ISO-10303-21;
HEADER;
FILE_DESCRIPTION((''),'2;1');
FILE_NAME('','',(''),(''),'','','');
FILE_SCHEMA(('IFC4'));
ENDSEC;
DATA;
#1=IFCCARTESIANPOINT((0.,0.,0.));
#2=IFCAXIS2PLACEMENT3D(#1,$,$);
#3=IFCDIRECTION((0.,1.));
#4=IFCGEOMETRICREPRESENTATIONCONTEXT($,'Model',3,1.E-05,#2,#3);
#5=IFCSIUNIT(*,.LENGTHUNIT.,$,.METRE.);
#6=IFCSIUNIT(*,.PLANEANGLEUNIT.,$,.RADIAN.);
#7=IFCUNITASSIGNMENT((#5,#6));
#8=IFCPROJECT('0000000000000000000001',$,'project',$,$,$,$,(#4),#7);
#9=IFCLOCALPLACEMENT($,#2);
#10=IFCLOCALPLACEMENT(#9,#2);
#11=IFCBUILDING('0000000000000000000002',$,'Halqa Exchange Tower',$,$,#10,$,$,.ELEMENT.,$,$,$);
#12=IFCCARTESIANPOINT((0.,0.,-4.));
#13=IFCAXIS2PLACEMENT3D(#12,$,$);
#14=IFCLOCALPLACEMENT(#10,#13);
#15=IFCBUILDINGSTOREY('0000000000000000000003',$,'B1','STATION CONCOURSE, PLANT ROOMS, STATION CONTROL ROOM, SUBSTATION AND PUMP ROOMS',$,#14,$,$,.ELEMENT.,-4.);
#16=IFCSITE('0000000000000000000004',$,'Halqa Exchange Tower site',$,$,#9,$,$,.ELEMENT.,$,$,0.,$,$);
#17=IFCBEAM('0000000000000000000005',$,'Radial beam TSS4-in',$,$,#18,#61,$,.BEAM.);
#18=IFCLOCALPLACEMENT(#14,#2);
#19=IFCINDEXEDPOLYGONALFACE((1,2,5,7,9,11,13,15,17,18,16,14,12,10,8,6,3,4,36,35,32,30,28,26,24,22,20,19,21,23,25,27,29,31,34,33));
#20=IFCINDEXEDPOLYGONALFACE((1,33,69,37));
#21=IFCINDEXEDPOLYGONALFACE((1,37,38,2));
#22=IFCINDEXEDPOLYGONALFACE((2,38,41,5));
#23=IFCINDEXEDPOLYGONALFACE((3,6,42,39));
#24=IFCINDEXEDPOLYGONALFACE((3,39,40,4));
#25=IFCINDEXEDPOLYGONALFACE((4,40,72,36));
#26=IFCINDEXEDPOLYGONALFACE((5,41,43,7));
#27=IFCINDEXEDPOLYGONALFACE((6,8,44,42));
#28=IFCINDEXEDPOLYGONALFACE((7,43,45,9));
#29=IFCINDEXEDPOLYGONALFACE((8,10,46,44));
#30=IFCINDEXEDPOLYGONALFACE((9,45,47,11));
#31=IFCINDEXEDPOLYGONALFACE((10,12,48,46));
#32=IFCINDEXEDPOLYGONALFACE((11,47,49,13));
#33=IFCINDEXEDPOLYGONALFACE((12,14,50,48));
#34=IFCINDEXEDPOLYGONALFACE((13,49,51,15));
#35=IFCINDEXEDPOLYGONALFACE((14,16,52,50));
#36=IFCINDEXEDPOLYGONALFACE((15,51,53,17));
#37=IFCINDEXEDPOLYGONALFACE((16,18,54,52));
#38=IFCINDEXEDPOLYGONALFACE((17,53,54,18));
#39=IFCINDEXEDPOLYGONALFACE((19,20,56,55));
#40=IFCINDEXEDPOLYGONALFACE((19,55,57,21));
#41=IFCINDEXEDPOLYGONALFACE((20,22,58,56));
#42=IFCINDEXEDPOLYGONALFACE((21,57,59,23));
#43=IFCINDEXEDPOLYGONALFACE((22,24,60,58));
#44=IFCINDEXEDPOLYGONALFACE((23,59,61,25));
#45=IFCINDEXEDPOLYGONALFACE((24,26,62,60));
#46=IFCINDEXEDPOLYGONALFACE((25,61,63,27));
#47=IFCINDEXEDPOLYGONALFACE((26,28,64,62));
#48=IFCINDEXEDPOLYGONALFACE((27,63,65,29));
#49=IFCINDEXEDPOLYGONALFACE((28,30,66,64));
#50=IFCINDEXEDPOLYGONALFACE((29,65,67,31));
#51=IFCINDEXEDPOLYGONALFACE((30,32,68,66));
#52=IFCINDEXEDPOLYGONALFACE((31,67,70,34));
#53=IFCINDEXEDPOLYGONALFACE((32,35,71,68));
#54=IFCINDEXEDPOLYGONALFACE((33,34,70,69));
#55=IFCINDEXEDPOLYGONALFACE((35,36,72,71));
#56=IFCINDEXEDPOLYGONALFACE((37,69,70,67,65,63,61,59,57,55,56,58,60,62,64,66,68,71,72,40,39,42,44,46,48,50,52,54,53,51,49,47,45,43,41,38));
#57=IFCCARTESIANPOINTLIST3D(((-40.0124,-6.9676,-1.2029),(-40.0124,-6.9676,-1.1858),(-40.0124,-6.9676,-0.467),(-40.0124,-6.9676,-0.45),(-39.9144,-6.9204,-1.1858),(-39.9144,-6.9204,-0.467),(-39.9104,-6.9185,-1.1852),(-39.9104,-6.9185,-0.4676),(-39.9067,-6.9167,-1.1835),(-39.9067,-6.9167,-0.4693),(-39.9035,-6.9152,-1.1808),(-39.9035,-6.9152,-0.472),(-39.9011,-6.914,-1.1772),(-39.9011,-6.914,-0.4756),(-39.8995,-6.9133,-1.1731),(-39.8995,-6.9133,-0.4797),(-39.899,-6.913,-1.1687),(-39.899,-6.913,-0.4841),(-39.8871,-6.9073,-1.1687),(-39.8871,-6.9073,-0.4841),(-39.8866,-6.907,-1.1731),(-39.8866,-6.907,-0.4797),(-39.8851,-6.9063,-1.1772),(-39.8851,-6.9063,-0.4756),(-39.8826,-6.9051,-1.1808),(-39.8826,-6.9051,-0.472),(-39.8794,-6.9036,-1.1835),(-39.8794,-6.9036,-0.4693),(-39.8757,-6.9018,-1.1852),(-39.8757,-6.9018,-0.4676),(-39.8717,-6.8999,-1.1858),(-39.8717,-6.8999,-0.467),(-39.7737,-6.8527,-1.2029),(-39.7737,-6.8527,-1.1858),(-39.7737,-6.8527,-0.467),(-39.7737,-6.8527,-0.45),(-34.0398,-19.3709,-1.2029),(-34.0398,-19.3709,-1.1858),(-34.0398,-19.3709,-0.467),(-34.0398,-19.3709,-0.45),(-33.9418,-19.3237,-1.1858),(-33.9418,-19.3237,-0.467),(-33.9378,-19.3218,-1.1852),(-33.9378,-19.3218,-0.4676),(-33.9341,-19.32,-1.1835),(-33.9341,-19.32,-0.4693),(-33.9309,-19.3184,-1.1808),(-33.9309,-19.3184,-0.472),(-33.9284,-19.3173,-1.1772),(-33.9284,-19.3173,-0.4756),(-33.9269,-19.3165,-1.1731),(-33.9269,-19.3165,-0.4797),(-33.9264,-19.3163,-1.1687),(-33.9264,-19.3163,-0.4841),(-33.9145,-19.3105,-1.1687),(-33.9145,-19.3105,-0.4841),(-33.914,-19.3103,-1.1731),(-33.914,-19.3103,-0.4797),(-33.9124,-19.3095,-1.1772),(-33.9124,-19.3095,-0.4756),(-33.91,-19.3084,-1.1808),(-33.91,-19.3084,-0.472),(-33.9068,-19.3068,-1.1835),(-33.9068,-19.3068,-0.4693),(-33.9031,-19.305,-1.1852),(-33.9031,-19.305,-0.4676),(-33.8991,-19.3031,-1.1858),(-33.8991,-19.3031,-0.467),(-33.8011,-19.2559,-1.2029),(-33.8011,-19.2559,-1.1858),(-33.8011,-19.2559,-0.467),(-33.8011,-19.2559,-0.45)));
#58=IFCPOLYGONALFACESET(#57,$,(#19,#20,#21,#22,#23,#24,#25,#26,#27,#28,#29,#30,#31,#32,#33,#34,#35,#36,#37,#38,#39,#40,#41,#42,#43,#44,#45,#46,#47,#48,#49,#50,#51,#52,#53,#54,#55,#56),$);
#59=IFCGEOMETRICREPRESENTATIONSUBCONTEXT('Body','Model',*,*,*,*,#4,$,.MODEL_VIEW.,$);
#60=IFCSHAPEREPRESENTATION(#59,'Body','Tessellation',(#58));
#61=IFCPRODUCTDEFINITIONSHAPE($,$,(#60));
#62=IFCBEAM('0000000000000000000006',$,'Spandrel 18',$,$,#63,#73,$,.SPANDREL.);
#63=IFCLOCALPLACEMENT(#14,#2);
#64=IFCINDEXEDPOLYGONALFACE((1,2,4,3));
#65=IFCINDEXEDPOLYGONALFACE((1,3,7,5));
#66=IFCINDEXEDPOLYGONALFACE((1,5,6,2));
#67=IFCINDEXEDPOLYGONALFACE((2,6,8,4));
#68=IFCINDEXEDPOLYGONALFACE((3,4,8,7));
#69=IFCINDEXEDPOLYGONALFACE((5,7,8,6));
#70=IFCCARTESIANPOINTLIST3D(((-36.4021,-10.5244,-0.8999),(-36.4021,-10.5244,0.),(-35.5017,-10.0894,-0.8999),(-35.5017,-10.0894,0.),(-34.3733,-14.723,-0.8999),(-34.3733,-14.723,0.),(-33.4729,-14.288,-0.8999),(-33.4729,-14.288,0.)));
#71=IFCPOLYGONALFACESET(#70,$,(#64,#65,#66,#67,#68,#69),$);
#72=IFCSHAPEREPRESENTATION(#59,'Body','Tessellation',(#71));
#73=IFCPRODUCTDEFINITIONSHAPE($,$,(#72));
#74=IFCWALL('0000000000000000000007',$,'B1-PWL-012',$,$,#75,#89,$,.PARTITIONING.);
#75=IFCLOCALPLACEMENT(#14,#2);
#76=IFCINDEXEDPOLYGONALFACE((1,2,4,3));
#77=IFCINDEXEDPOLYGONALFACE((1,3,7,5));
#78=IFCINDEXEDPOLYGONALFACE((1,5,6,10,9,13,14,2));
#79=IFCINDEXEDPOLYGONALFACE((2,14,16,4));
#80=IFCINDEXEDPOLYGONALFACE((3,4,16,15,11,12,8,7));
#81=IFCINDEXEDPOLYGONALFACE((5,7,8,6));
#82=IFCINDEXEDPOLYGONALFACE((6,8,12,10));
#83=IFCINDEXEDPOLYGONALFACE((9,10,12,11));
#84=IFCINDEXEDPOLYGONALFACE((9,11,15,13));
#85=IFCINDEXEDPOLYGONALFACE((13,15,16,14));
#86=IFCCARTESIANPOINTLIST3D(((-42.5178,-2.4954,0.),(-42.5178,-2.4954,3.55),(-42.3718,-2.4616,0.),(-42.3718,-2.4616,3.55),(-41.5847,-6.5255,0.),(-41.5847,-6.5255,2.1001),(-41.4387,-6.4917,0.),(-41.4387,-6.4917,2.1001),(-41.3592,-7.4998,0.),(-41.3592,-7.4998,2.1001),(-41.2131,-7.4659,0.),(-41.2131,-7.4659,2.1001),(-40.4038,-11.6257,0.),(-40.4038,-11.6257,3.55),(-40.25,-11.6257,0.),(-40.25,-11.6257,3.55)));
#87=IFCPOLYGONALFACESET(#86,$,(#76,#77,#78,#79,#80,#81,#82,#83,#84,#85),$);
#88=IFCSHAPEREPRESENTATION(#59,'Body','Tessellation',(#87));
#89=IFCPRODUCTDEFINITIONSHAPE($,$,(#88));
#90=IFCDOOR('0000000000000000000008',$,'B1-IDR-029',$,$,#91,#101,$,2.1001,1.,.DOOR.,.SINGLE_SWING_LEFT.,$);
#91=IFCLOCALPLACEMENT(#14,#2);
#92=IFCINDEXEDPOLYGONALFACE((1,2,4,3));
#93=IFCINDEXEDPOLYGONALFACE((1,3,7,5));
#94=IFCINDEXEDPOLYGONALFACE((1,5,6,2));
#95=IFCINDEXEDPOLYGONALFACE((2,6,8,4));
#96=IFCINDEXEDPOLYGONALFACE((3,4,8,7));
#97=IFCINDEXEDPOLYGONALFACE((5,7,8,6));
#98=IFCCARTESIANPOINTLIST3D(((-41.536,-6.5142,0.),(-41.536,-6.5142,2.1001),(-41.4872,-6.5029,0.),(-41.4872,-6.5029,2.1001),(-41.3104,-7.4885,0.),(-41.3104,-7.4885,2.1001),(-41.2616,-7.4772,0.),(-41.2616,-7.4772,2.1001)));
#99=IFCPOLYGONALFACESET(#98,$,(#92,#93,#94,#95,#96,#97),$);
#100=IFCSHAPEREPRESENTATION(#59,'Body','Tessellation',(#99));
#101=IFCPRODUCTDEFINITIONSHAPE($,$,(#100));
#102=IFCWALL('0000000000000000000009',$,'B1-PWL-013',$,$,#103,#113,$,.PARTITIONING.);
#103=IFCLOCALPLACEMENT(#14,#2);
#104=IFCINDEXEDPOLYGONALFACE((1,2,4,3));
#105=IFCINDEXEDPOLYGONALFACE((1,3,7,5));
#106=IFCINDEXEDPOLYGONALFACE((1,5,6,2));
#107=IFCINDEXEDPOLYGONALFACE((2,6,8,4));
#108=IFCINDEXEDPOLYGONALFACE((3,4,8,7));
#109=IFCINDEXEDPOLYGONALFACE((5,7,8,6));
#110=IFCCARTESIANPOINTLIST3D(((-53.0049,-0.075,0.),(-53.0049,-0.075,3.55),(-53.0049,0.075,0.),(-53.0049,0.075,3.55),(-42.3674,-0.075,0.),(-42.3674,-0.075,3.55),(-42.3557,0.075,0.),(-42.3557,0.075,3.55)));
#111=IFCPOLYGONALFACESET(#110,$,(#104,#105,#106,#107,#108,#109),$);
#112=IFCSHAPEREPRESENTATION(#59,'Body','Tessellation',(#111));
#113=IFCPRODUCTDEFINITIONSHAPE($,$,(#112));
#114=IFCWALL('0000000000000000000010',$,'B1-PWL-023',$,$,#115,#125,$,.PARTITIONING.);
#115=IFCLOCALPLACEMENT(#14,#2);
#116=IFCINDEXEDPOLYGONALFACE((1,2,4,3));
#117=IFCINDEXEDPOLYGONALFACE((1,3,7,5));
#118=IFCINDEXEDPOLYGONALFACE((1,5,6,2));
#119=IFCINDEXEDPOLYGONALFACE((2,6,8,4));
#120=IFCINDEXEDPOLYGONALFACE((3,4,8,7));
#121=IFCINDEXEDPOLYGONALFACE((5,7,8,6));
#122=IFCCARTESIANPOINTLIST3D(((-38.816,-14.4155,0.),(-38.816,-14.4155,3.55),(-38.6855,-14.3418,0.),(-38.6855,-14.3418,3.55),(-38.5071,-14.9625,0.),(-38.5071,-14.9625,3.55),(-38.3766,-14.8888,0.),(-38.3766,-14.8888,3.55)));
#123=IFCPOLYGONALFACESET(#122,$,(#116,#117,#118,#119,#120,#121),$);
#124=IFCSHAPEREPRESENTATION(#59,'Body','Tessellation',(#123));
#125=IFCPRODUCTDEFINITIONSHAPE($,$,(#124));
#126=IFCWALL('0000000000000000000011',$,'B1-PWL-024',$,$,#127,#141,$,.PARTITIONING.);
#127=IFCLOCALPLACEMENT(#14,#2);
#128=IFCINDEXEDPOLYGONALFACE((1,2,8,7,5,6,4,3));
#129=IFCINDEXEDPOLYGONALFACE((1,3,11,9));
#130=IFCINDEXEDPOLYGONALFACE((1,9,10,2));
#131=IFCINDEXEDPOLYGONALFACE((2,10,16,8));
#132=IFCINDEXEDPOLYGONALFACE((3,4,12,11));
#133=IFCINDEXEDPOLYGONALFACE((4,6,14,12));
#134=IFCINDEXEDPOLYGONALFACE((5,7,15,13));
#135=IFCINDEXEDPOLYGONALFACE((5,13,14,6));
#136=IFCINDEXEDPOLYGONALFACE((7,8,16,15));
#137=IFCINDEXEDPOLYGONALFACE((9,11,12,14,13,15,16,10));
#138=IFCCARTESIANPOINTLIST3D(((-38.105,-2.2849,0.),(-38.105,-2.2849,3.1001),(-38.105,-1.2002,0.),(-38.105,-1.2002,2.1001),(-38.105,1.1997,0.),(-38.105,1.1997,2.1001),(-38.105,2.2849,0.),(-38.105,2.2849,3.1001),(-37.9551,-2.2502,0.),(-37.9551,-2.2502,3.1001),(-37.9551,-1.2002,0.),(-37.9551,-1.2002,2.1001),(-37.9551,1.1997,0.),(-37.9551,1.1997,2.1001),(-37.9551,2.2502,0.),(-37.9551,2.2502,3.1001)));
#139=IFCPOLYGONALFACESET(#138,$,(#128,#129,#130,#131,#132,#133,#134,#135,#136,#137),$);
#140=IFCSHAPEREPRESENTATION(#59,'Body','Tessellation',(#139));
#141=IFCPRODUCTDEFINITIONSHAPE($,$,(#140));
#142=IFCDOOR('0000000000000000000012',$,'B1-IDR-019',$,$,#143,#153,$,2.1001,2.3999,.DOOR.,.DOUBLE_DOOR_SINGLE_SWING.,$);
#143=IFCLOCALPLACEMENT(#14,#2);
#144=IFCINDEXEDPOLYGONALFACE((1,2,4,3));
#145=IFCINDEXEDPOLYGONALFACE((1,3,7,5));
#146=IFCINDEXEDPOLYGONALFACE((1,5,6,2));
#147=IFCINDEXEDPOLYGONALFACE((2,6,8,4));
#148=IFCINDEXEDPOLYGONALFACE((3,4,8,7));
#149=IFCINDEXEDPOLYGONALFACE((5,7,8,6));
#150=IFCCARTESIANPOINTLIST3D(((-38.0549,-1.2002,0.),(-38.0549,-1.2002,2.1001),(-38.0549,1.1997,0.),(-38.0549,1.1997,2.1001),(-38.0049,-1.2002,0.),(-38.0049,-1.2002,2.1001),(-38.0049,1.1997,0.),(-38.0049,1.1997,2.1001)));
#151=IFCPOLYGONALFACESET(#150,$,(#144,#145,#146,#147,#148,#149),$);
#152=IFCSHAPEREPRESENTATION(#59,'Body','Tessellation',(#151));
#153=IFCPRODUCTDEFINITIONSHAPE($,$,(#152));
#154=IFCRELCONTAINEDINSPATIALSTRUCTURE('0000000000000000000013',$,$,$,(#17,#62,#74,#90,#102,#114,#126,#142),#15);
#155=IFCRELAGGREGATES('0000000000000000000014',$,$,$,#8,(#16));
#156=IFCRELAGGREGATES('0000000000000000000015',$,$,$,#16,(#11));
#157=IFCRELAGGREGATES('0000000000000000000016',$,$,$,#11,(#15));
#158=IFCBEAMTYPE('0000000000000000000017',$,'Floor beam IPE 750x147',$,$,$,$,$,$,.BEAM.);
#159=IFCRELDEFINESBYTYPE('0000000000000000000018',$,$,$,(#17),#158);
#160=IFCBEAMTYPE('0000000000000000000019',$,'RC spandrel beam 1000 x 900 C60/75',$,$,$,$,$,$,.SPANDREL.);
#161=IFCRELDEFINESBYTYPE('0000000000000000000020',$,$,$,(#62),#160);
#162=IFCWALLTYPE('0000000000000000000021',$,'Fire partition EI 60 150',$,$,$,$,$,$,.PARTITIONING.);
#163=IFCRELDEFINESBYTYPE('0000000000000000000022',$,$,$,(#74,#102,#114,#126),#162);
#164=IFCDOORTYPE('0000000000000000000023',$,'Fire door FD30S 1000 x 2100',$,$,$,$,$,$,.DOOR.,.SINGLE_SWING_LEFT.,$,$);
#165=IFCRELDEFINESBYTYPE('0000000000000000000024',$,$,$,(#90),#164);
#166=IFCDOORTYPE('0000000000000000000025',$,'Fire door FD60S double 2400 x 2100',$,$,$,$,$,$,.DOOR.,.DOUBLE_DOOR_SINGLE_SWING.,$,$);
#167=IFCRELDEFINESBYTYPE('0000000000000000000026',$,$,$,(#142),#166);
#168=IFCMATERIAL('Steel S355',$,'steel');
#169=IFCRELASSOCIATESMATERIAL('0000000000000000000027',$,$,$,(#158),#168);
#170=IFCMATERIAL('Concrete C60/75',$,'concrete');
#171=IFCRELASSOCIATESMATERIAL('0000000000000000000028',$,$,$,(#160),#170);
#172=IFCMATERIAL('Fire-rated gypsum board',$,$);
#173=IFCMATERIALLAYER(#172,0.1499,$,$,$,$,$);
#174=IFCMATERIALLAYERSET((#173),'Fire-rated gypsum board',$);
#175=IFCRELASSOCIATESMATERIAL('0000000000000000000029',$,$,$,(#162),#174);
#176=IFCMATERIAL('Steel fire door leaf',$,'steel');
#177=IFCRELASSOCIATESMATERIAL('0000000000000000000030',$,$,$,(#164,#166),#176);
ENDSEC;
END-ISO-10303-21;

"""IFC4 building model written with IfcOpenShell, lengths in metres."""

from ifc_helpers import new_model, si_unit, direction, frame, frame_2d, origin, origin_2d, place, context, subcontext, project, spatial, polyline, rectangle, i_section, outline, extrude, material, layer, layer_set, material_profile, profile_set, type_object, element, fill, save


model = new_model("IFC4")

# Units and contexts
model_context = context("Model", 3, precision=1e-05, world=origin(), true_north=direction((0.0, 1.0)))
body_context = subcontext(model_context, "Body", "Model", "MODEL_VIEW")
ifc_project = project(units=[si_unit("LENGTHUNIT", "METRE"), si_unit("PLANEANGLEUNIT", "RADIAN")], contexts=[model_context])

# Site, building, storey
site_placement = place(None, origin())
site = spatial("IfcSite", under=ifc_project, at=site_placement, Name="Halqa Exchange Tower site", CompositionType="ELEMENT", RefElevation=0.0)
building_placement = place(site_placement, origin())
building = spatial("IfcBuilding", under=site, at=building_placement, Name="Halqa Exchange Tower", CompositionType="ELEMENT")
storey_placement = place(building_placement, frame((0.0, 0.0, -4.0)))
storey = spatial("IfcBuildingStorey", under=building, at=storey_placement, Name="B1", Description="STATION CONCOURSE, PLANT ROOMS, STATION CONTROL ROOM, SUBSTATION AND PUMP ROOMS", CompositionType="ELEMENT", Elevation=-4.0)

# Beams
ifc_material_1 = material(Name="Steel S355", Category="steel")
ifc_material_profile_1 = material_profile(ifc_material_1, i_section(OverallWidth=0.2649, OverallDepth=0.7529, WebThickness=0.0132, FlangeThickness=0.0171, FilletRadius=0.0171, at=origin_2d()), Name="IPE 750x147")
ifc_profile_set_1 = profile_set([ifc_material_profile_1], Name="Steel S355")
beam_type_1 = type_object("IfcBeamType", Name="Floor beam IPE 750x147", PredefinedType="BEAM", material=ifc_profile_set_1)
beam_1_placement = place(storey_placement, frame((-39.8931, -6.9102, -0.8264), z_axis=(0.433856, -0.900982, 0.0), x_axis=(0.900982, 0.433856, 0.0)))
element("IfcBeam", 1, at=beam_1_placement, inside=storey, type_object=beam_type_1, Name="Radial beam TSS4-in", PredefinedType="BEAM", context=body_context, shape_type="SweptSolid", body=[
    extrude(i_section(OverallWidth=0.2649, OverallDepth=0.7529, WebThickness=0.0132, FlangeThickness=0.0171, FilletRadius=0.0171, at=origin_2d()), origin(), (0.0, 0.0, 1.0), 13.7664),
])
ifc_material_2 = material(Name="Concrete C60/75", Category="concrete")
ifc_material_profile_2 = material_profile(ifc_material_2, rectangle(XDim=1.0, YDim=0.8999, at=origin_2d()), Name="1000 x 900")
ifc_profile_set_2 = profile_set([ifc_material_profile_2], Name="Concrete C60/75")
beam_type_2 = type_object("IfcBeamType", Name="RC spandrel beam 1000 x 900 C60/75", PredefinedType="SPANDREL", material=ifc_profile_set_2)
beam_2_placement = place(storey_placement, frame((-35.9519, -10.3069, -0.45), z_axis=(0.435068, -0.900397, 0.0), x_axis=(0.900397, 0.435068, 0.0)))
element("IfcBeam", 2, at=beam_2_placement, inside=storey, type_object=beam_type_2, Name="Spandrel 18", PredefinedType="SPANDREL", context=body_context, shape_type="SweptSolid", body=[
    extrude(rectangle(XDim=1.0, YDim=0.8999, at=origin_2d()), origin(), (0.0, 0.0, 1.0), 4.6631),
])

# Wall, opening, door
ifc_material_3 = material(Name="Fire-rated gypsum board")
ifc_layer_1 = layer(ifc_material_3, 0.1499)
ifc_layer_set_1 = layer_set([ifc_layer_1], Name="Fire-rated gypsum board")
wall_type_1 = type_object("IfcWallType", Name="Fire partition EI 60 150", PredefinedType="PARTITIONING", material=ifc_layer_set_1)
wall_1_placement = place(storey_placement, frame((-42.4448, -2.4785, 0.0), z_axis=(0.0, 0.0, 1.0), x_axis=(0.22557, -0.974227, 0.0)))
wall_1 = element("IfcWall", 3, at=wall_1_placement, inside=storey, type_object=wall_type_1, Name="B1-PWL-012", PredefinedType="PARTITIONING", context=body_context, shape_type="SweptSolid", body=[
    extrude(outline(polyline([(0.0, -0.075), (9.3718, -0.075), (9.4065, 0.075), (0.0, 0.075), (0.0, -0.075)])), origin(), (0.0, 0.0, 1.0), 3.55),
])
opening_1_placement = place(wall_1_placement, frame((4.1367, 0.0, 0.0)))
opening_1 = element("IfcOpeningElement", 4, at=opening_1_placement, cuts=wall_1, PredefinedType="OPENING", context=body_context, shape_type="SweptSolid", body=[
    extrude(rectangle(XDim=1.0, YDim=2.1001, at=frame_2d((0.5, 1.05))), frame((0.0, 0.0869, 0.0), z_axis=(0.0, -1.0, 0.0), x_axis=(1.0, 0.0, 0.0)), (0.0, 0.0, 1.0), 0.1738),
])
ifc_material_4 = material(Name="Steel fire door leaf", Category="steel")
door_type_1 = type_object("IfcDoorType", Name="Fire door FD30S 1000 x 2100", OperationType="SINGLE_SWING_LEFT", PredefinedType="DOOR", material=ifc_material_4)
door_1_placement = place(opening_1_placement, frame((1.0, 0.0, 0.0), z_axis=(0.0, 0.0, 1.0), x_axis=(-1.0, 0.0, 0.0)))
door_1 = element("IfcDoor", 5, at=door_1_placement, inside=storey, type_object=door_type_1, Name="B1-IDR-029", OperationType="SINGLE_SWING_LEFT", OverallHeight=2.1001, OverallWidth=1.0, PredefinedType="DOOR", context=body_context, shape_type="SweptSolid", body=[
    extrude(rectangle(XDim=1.0, YDim=2.1001, at=frame_2d((0.5, 1.05))), frame((0.0, 0.0249, 0.0), z_axis=(0.0, -1.0, 0.0), x_axis=(1.0, 0.0, 0.0)), (0.0, 0.0, 1.0), 0.05),
])
fill(opening_1, door_1)

# Walls
wall_2_placement = place(storey_placement, frame((-42.3616, 0.0, 0.0), z_axis=(0.0, 0.0, 1.0), x_axis=(-1.0, 0.0, 0.0)))
element("IfcWall", 6, at=wall_2_placement, inside=storey, type_object=wall_type_1, Name="B1-PWL-013", PredefinedType="PARTITIONING", context=body_context, shape_type="SweptSolid", body=[
    extrude(outline(polyline([(-0.0059, -0.075), (10.6433, -0.075), (10.6433, 0.075), (0.0059, 0.075), (-0.0059, -0.075)])), origin(), (0.0, 0.0, 1.0), 3.55),
])
wall_3_placement = place(storey_placement, frame((-38.4419, -14.9255, 0.0), z_axis=(0.0, 0.0, 1.0), x_axis=(-0.491737, 0.870744, 0.0)))
element("IfcWall", 7, at=wall_3_placement, inside=storey, type_object=wall_type_1, Name="B1-PWL-023", PredefinedType="PARTITIONING", context=body_context, shape_type="SweptSolid", body=[
    extrude(rectangle(XDim=0.6282, YDim=0.1499, at=frame_2d((0.314, 0.0))), origin(), (0.0, 0.0, 1.0), 3.55),
])

# Wall, opening, door
wall_4_placement = place(storey_placement, frame((-38.03, -2.2676, 0.0), z_axis=(0.0, 0.0, 1.0), x_axis=(0.0, 1.0, 0.0)))
wall_4 = element("IfcWall", 8, at=wall_4_placement, inside=storey, type_object=wall_type_1, Name="B1-PWL-024", PredefinedType="PARTITIONING", context=body_context, shape_type="SweptSolid", body=[
    extrude(outline(polyline([(0.0173, -0.075), (4.5178, -0.075), (4.5525, 0.075), (-0.0173, 0.075), (0.0173, -0.075)])), origin(), (0.0, 0.0, 1.0), 3.1001),
])
opening_2_placement = place(wall_4_placement, frame((1.0674, 0.0, 0.0)))
opening_2 = element("IfcOpeningElement", 9, at=opening_2_placement, cuts=wall_4, PredefinedType="OPENING", context=body_context, shape_type="SweptSolid", body=[
    extrude(rectangle(XDim=2.3999, YDim=2.1001, at=frame_2d((1.2, 1.05))), frame((0.0, 0.0869, 0.0), z_axis=(0.0, -1.0, 0.0), x_axis=(1.0, 0.0, 0.0)), (0.0, 0.0, 1.0), 0.1738),
])
door_type_2 = type_object("IfcDoorType", Name="Fire door FD60S double 2400 x 2100", OperationType="DOUBLE_DOOR_SINGLE_SWING", PredefinedType="DOOR", material=ifc_material_4)
door_2_placement = place(opening_2_placement, origin())
door_2 = element("IfcDoor", 10, at=door_2_placement, inside=storey, type_object=door_type_2, Name="B1-IDR-019", OperationType="DOUBLE_DOOR_SINGLE_SWING", OverallHeight=2.1001, OverallWidth=2.3999, PredefinedType="DOOR", context=body_context, shape_type="SweptSolid", body=[
    extrude(rectangle(XDim=2.3999, YDim=2.1001, at=frame_2d((1.2, 1.05))), frame((0.0, 0.0249, 0.0), z_axis=(0.0, -1.0, 0.0), x_axis=(1.0, 0.0, 0.0)), (0.0, 0.0, 1.0), 0.05),
])
fill(opening_2, door_2)

save(model, "model.ifc")
